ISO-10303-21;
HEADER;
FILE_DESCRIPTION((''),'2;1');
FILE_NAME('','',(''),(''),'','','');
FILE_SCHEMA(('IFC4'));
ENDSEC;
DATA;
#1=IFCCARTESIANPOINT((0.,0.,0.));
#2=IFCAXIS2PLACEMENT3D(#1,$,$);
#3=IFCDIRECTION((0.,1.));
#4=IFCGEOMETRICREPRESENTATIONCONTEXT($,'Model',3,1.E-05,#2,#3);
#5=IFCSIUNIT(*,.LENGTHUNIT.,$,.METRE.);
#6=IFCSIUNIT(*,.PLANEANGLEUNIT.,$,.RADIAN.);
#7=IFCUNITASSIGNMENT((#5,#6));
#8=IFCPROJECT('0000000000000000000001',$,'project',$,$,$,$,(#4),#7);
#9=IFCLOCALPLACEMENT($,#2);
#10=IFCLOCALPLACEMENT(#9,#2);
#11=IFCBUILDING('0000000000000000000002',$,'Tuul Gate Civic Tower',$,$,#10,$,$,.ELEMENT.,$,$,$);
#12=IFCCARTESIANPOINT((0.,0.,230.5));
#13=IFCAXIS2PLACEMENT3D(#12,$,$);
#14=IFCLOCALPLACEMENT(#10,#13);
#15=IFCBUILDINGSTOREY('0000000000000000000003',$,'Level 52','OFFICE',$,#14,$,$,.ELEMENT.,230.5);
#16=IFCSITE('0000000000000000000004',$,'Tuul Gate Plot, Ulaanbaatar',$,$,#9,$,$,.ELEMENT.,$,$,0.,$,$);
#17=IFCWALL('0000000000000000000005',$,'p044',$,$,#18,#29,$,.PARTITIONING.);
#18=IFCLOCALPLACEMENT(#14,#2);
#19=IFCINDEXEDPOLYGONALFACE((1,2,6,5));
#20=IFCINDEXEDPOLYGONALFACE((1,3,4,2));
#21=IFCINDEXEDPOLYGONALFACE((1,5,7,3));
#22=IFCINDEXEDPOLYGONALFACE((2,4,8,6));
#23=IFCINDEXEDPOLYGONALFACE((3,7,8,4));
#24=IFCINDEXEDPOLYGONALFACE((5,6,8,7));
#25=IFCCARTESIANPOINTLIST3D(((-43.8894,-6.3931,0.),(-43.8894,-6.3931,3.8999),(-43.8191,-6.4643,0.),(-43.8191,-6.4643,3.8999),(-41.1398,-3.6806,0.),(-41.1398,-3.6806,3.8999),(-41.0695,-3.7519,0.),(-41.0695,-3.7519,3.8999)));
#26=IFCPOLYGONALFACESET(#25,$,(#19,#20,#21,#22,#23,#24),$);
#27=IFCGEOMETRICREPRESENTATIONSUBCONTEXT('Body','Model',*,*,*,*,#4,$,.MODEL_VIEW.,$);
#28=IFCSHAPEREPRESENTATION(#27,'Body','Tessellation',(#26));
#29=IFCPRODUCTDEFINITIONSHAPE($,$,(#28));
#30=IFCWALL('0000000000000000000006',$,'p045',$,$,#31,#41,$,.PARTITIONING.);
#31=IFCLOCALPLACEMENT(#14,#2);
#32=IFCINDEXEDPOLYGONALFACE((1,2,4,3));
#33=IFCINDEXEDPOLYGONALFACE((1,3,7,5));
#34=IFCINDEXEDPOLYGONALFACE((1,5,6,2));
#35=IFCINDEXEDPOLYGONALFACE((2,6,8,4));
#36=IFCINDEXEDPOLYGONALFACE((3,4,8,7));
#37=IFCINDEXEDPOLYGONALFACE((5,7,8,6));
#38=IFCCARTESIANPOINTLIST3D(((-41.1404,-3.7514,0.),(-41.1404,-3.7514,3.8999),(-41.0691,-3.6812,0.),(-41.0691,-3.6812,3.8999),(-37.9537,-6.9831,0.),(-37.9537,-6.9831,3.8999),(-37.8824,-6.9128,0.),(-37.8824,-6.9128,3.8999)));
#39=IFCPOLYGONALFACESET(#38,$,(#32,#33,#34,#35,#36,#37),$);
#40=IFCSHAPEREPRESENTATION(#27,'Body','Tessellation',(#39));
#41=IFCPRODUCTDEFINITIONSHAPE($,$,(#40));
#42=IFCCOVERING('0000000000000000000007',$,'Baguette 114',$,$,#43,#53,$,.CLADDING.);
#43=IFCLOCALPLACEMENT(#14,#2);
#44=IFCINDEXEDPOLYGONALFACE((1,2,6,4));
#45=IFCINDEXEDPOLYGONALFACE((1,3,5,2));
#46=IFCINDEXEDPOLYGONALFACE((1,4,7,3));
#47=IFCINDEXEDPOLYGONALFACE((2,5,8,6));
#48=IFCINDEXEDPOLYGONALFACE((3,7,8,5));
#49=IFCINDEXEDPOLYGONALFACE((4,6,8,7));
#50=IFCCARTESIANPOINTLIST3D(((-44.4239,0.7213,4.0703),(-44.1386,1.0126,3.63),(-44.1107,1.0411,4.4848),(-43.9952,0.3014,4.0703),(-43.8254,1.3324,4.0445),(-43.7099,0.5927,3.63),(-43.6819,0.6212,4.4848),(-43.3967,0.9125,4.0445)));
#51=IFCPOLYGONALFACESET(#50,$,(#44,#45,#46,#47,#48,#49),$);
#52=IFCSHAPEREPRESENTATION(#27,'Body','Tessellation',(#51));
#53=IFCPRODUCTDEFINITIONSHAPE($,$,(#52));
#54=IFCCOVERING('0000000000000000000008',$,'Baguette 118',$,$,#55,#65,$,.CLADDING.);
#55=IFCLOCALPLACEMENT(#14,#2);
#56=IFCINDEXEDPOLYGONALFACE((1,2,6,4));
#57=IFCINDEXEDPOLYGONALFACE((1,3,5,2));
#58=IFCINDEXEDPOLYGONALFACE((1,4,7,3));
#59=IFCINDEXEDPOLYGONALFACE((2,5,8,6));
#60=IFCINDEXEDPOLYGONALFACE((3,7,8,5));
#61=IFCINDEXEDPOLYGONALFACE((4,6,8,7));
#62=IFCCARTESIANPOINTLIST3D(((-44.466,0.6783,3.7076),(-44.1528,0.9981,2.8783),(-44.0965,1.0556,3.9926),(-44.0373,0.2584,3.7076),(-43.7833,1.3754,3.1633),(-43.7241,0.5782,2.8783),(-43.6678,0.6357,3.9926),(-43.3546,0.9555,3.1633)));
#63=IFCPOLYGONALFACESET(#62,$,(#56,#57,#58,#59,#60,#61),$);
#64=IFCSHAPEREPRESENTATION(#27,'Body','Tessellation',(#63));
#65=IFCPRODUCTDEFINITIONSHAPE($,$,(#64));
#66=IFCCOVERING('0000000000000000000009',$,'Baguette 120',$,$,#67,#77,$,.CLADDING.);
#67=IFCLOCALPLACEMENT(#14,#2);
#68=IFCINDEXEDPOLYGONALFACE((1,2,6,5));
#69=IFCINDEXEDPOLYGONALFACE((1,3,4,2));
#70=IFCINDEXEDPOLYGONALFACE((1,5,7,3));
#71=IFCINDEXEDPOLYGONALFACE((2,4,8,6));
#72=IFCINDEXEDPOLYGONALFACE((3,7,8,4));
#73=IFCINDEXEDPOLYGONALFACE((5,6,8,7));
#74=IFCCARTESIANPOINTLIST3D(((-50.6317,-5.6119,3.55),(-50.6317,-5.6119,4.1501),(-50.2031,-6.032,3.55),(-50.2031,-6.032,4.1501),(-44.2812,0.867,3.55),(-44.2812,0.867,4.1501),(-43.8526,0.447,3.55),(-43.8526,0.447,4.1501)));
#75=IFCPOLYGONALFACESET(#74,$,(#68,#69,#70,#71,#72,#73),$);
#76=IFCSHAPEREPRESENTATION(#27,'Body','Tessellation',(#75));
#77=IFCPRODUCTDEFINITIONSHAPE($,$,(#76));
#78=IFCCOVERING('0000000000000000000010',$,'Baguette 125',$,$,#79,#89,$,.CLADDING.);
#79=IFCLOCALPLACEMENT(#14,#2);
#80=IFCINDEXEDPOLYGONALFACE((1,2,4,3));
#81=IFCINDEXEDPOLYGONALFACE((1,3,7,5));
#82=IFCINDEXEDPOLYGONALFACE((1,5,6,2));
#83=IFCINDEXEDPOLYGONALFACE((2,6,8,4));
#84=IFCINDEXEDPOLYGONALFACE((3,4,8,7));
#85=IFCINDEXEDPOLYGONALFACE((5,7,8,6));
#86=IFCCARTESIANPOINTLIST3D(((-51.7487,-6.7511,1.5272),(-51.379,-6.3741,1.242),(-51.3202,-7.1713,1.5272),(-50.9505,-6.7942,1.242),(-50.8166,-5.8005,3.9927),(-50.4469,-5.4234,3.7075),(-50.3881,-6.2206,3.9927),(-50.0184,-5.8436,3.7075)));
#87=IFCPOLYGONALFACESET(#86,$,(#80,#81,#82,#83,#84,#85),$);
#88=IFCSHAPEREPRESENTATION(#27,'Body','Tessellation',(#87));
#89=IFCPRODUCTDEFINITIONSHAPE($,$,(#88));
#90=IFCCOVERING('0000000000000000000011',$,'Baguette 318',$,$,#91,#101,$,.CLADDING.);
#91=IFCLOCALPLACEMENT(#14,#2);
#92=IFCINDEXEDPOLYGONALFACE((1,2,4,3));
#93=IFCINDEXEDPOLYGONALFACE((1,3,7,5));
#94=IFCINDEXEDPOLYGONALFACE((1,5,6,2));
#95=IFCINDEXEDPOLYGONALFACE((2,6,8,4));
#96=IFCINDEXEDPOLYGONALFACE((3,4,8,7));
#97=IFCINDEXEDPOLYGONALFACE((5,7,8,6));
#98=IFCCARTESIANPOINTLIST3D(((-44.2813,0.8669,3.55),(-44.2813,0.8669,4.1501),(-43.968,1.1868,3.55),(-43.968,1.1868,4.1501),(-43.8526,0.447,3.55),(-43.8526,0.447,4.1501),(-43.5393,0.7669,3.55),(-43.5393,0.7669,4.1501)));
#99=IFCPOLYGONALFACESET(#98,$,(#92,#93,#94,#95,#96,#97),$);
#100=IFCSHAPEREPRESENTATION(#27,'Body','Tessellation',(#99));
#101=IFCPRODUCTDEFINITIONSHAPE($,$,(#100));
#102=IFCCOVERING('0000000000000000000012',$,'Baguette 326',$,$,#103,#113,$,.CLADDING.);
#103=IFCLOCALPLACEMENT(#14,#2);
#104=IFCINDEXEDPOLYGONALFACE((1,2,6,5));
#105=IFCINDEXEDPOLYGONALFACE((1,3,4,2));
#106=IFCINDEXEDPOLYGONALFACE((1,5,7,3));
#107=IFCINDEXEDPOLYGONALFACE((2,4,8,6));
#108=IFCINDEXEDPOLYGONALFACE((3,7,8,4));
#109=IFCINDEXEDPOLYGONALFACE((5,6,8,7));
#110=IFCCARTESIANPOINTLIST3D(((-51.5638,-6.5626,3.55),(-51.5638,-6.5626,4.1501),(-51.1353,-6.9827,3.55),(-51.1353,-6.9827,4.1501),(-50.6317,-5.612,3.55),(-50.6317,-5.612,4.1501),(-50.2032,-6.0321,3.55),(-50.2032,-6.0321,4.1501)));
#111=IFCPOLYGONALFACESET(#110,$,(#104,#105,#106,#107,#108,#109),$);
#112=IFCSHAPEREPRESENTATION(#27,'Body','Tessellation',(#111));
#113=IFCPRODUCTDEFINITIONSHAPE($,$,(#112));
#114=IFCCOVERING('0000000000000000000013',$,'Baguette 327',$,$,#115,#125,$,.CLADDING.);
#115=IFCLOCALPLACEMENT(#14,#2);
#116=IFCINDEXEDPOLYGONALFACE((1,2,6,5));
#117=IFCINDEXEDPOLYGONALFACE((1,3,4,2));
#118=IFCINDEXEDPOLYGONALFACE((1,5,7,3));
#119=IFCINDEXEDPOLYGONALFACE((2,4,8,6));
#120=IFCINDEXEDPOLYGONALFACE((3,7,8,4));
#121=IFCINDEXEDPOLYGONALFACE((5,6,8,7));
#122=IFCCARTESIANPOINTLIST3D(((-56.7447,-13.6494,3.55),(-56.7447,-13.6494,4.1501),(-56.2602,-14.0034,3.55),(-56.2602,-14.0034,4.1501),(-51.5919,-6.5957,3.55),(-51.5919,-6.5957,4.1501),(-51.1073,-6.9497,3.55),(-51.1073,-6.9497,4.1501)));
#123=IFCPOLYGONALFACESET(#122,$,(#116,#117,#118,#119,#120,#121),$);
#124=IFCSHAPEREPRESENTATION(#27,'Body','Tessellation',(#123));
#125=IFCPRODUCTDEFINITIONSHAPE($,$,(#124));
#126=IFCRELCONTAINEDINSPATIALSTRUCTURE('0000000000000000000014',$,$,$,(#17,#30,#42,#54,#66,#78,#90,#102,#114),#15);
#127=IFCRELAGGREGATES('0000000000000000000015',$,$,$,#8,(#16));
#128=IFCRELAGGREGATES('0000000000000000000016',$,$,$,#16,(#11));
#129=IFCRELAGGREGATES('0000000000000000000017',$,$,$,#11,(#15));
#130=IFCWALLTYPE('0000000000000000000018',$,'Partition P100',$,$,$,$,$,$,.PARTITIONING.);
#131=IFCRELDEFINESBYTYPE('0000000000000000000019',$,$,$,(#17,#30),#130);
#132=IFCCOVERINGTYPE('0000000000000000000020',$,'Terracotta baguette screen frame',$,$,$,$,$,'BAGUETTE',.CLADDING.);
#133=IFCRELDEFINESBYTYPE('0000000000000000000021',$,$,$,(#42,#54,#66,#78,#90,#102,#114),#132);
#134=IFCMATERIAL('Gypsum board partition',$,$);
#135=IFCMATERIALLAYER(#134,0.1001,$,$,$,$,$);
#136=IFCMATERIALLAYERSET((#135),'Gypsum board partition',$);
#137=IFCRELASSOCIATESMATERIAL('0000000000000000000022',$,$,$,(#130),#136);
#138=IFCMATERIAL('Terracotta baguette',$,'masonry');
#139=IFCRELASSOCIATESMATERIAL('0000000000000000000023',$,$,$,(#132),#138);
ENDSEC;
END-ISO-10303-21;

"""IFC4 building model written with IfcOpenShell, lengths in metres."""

from ifc_helpers import new_model, si_unit, direction, frame, frame_2d, origin, origin_2d, place, context, subcontext, project, spatial, rectangle, extrude, material, layer, layer_set, material_profile, profile_set, type_object, element, save


model = new_model("IFC4")

# Units and contexts
model_context = context("Model", 3, precision=1e-05, world=origin(), true_north=direction((0.0, 1.0)))
body_context = subcontext(model_context, "Body", "Model", "MODEL_VIEW")
ifc_project = project(units=[si_unit("LENGTHUNIT", "METRE"), si_unit("PLANEANGLEUNIT", "RADIAN")], contexts=[model_context])

# Site, building, storey
site_placement = place(None, origin())
site = spatial("IfcSite", under=ifc_project, at=site_placement, Name="Tuul Gate Plot, Ulaanbaatar", CompositionType="ELEMENT", RefElevation=0.0)
building_placement = place(site_placement, origin())
building = spatial("IfcBuilding", under=site, at=building_placement, Name="Tuul Gate Civic Tower", CompositionType="ELEMENT")
storey_placement = place(building_placement, frame((0.0, 0.0, 230.5)))
storey = spatial("IfcBuildingStorey", under=building, at=storey_placement, Name="Level 52", Description="OFFICE", CompositionType="ELEMENT", Elevation=230.5)

# Shared definitions
ifc_material_1 = material(Name="Gypsum board partition")
ifc_layer_1 = layer(ifc_material_1, 0.1001)
ifc_layer_set_1 = layer_set([ifc_layer_1], Name="Gypsum board partition")
wall_type_1 = type_object("IfcWallType", Name="Partition P100", PredefinedType="PARTITIONING", material=ifc_layer_set_1)

# Walls
wall_1_placement = place(storey_placement, frame((-43.8542, -6.4287, 0.0), z_axis=(0.0, 0.0, 1.0), x_axis=(0.711895, 0.702286, 0.0)))
element("IfcWall", 1, at=wall_1_placement, inside=storey, type_object=wall_type_1, Name="p044", PredefinedType="PARTITIONING", context=body_context, shape_type="SweptSolid", body=[
    extrude(rectangle(XDim=3.8623, YDim=0.1001, at=frame_2d((1.9312, 0.0))), origin(), (0.0, 0.0, 1.0), 3.8999),
])
wall_2_placement = place(storey_placement, frame((-41.1047, -3.7163, 0.0), z_axis=(0.0, 0.0, 1.0), x_axis=(0.702141, -0.712038, 0.0)))
element("IfcWall", 2, at=wall_2_placement, inside=storey, type_object=wall_type_1, Name="p045", PredefinedType="PARTITIONING", context=body_context, shape_type="SweptSolid", body=[
    extrude(rectangle(XDim=4.5386, YDim=0.1001, at=frame_2d((2.2693, 0.0))), origin(), (0.0, 0.0, 1.0), 3.8999),
])

# Coverings
ifc_material_2 = material(Name="Terracotta baguette", Category="masonry")
ifc_material_profile_1 = material_profile(ifc_material_2, rectangle(XDim=0.6001, YDim=0.6001, at=origin_2d()), Name="Terracotta baguette screen frame")
ifc_profile_set_1 = profile_set([ifc_material_profile_1], Name="Terracotta baguette")
covering_type = type_object("IfcCoveringType", Name="Terracotta baguette screen frame", ElementType="BAGUETTE", PredefinedType="CLADDING", material=ifc_profile_set_1)
covering_1_placement = place(storey_placement, frame((-43.7537, 0.9768, 4.2646), z_axis=(-0.513389, -0.524193, -0.67945), x_axis=(0.714431, -0.699706, 0.0)))
element("IfcCovering", 3, at=covering_1_placement, inside=storey, type_object=covering_type, Name="Baguette 114", PredefinedType="CLADDING", context=body_context, shape_type="SweptSolid", body=[
    extrude(rectangle(XDim=0.6001, YDim=0.6001, at=origin_2d()), origin(), (0.0, 0.0, 1.0), 0.6101),
])
covering_2_placement = place(storey_placement, frame((-44.0669, 0.657, 3.8501), z_axis=(0.332359, 0.339353, -0.879987), x_axis=(-0.714431, 0.699706, 0.0)))
element("IfcCovering", 4, at=covering_2_placement, inside=storey, type_object=covering_type, Name="Baguette 118", PredefinedType="CLADDING", context=body_context, shape_type="SweptSolid", body=[
    extrude(rectangle(XDim=0.6001, YDim=0.6001, at=origin_2d()), origin(), (0.0, 0.0, 1.0), 0.9424),
])
covering_3_placement = place(storey_placement, frame((-44.0669, 0.657, 3.8501), z_axis=(-0.699994, -0.714149, 0.0), x_axis=(0.714149, -0.699994, 0.0)))
element("IfcCovering", 5, at=covering_3_placement, inside=storey, type_object=covering_type, Name="Baguette 120", PredefinedType="CLADDING", context=body_context, shape_type="SweptSolid", body=[
    extrude(rectangle(XDim=0.6001, YDim=0.6001, at=origin_2d()), origin(), (0.0, 0.0, 1.0), 9.0723),
])
covering_4_placement = place(storey_placement, frame((-50.4175, -5.822, 3.8501), z_axis=(-0.332654, -0.339276, -0.879905), x_axis=(0.71404, -0.700104, 0.0)))
element("IfcCovering", 6, at=covering_4_placement, inside=storey, type_object=covering_type, Name="Baguette 125", PredefinedType="CLADDING", context=body_context, shape_type="SweptSolid", body=[
    extrude(rectangle(XDim=0.6001, YDim=0.6001, at=origin_2d()), origin(), (0.0, 0.0, 1.0), 2.802),
])
covering_5_placement = place(storey_placement, frame((-43.7537, 0.9768, 3.8501), z_axis=(-0.699706, -0.714431, 0.0), x_axis=(0.714431, -0.699706, 0.0)))
element("IfcCovering", 7, at=covering_5_placement, inside=storey, type_object=covering_type, Name="Baguette 318", PredefinedType="CLADDING", context=body_context, shape_type="SweptSolid", body=[
    extrude(rectangle(XDim=0.6001, YDim=0.6001, at=origin_2d()), origin(), (0.0, 0.0, 1.0), 0.4478),
])
covering_6_placement = place(storey_placement, frame((-50.4175, -5.822, 3.8501), z_axis=(-0.700104, -0.71404, 0.0), x_axis=(0.71404, -0.700104, 0.0)))
element("IfcCovering", 8, at=covering_6_placement, inside=storey, type_object=covering_type, Name="Baguette 326", PredefinedType="CLADDING", context=body_context, shape_type="SweptSolid", body=[
    extrude(rectangle(XDim=0.6001, YDim=0.6001, at=origin_2d()), origin(), (0.0, 0.0, 1.0), 1.3313),
])
covering_7_placement = place(storey_placement, frame((-51.3496, -6.7727, 3.8501), z_axis=(-0.589882, -0.807489, 0.0), x_axis=(0.807489, -0.589882, 0.0)))
element("IfcCovering", 9, at=covering_7_placement, inside=storey, type_object=covering_type, Name="Baguette 327", PredefinedType="CLADDING", context=body_context, shape_type="SweptSolid", body=[
    extrude(rectangle(XDim=0.6001, YDim=0.6001, at=origin_2d()), origin(), (0.0, 0.0, 1.0), 8.7354),
])

save(model, "model.ifc")
